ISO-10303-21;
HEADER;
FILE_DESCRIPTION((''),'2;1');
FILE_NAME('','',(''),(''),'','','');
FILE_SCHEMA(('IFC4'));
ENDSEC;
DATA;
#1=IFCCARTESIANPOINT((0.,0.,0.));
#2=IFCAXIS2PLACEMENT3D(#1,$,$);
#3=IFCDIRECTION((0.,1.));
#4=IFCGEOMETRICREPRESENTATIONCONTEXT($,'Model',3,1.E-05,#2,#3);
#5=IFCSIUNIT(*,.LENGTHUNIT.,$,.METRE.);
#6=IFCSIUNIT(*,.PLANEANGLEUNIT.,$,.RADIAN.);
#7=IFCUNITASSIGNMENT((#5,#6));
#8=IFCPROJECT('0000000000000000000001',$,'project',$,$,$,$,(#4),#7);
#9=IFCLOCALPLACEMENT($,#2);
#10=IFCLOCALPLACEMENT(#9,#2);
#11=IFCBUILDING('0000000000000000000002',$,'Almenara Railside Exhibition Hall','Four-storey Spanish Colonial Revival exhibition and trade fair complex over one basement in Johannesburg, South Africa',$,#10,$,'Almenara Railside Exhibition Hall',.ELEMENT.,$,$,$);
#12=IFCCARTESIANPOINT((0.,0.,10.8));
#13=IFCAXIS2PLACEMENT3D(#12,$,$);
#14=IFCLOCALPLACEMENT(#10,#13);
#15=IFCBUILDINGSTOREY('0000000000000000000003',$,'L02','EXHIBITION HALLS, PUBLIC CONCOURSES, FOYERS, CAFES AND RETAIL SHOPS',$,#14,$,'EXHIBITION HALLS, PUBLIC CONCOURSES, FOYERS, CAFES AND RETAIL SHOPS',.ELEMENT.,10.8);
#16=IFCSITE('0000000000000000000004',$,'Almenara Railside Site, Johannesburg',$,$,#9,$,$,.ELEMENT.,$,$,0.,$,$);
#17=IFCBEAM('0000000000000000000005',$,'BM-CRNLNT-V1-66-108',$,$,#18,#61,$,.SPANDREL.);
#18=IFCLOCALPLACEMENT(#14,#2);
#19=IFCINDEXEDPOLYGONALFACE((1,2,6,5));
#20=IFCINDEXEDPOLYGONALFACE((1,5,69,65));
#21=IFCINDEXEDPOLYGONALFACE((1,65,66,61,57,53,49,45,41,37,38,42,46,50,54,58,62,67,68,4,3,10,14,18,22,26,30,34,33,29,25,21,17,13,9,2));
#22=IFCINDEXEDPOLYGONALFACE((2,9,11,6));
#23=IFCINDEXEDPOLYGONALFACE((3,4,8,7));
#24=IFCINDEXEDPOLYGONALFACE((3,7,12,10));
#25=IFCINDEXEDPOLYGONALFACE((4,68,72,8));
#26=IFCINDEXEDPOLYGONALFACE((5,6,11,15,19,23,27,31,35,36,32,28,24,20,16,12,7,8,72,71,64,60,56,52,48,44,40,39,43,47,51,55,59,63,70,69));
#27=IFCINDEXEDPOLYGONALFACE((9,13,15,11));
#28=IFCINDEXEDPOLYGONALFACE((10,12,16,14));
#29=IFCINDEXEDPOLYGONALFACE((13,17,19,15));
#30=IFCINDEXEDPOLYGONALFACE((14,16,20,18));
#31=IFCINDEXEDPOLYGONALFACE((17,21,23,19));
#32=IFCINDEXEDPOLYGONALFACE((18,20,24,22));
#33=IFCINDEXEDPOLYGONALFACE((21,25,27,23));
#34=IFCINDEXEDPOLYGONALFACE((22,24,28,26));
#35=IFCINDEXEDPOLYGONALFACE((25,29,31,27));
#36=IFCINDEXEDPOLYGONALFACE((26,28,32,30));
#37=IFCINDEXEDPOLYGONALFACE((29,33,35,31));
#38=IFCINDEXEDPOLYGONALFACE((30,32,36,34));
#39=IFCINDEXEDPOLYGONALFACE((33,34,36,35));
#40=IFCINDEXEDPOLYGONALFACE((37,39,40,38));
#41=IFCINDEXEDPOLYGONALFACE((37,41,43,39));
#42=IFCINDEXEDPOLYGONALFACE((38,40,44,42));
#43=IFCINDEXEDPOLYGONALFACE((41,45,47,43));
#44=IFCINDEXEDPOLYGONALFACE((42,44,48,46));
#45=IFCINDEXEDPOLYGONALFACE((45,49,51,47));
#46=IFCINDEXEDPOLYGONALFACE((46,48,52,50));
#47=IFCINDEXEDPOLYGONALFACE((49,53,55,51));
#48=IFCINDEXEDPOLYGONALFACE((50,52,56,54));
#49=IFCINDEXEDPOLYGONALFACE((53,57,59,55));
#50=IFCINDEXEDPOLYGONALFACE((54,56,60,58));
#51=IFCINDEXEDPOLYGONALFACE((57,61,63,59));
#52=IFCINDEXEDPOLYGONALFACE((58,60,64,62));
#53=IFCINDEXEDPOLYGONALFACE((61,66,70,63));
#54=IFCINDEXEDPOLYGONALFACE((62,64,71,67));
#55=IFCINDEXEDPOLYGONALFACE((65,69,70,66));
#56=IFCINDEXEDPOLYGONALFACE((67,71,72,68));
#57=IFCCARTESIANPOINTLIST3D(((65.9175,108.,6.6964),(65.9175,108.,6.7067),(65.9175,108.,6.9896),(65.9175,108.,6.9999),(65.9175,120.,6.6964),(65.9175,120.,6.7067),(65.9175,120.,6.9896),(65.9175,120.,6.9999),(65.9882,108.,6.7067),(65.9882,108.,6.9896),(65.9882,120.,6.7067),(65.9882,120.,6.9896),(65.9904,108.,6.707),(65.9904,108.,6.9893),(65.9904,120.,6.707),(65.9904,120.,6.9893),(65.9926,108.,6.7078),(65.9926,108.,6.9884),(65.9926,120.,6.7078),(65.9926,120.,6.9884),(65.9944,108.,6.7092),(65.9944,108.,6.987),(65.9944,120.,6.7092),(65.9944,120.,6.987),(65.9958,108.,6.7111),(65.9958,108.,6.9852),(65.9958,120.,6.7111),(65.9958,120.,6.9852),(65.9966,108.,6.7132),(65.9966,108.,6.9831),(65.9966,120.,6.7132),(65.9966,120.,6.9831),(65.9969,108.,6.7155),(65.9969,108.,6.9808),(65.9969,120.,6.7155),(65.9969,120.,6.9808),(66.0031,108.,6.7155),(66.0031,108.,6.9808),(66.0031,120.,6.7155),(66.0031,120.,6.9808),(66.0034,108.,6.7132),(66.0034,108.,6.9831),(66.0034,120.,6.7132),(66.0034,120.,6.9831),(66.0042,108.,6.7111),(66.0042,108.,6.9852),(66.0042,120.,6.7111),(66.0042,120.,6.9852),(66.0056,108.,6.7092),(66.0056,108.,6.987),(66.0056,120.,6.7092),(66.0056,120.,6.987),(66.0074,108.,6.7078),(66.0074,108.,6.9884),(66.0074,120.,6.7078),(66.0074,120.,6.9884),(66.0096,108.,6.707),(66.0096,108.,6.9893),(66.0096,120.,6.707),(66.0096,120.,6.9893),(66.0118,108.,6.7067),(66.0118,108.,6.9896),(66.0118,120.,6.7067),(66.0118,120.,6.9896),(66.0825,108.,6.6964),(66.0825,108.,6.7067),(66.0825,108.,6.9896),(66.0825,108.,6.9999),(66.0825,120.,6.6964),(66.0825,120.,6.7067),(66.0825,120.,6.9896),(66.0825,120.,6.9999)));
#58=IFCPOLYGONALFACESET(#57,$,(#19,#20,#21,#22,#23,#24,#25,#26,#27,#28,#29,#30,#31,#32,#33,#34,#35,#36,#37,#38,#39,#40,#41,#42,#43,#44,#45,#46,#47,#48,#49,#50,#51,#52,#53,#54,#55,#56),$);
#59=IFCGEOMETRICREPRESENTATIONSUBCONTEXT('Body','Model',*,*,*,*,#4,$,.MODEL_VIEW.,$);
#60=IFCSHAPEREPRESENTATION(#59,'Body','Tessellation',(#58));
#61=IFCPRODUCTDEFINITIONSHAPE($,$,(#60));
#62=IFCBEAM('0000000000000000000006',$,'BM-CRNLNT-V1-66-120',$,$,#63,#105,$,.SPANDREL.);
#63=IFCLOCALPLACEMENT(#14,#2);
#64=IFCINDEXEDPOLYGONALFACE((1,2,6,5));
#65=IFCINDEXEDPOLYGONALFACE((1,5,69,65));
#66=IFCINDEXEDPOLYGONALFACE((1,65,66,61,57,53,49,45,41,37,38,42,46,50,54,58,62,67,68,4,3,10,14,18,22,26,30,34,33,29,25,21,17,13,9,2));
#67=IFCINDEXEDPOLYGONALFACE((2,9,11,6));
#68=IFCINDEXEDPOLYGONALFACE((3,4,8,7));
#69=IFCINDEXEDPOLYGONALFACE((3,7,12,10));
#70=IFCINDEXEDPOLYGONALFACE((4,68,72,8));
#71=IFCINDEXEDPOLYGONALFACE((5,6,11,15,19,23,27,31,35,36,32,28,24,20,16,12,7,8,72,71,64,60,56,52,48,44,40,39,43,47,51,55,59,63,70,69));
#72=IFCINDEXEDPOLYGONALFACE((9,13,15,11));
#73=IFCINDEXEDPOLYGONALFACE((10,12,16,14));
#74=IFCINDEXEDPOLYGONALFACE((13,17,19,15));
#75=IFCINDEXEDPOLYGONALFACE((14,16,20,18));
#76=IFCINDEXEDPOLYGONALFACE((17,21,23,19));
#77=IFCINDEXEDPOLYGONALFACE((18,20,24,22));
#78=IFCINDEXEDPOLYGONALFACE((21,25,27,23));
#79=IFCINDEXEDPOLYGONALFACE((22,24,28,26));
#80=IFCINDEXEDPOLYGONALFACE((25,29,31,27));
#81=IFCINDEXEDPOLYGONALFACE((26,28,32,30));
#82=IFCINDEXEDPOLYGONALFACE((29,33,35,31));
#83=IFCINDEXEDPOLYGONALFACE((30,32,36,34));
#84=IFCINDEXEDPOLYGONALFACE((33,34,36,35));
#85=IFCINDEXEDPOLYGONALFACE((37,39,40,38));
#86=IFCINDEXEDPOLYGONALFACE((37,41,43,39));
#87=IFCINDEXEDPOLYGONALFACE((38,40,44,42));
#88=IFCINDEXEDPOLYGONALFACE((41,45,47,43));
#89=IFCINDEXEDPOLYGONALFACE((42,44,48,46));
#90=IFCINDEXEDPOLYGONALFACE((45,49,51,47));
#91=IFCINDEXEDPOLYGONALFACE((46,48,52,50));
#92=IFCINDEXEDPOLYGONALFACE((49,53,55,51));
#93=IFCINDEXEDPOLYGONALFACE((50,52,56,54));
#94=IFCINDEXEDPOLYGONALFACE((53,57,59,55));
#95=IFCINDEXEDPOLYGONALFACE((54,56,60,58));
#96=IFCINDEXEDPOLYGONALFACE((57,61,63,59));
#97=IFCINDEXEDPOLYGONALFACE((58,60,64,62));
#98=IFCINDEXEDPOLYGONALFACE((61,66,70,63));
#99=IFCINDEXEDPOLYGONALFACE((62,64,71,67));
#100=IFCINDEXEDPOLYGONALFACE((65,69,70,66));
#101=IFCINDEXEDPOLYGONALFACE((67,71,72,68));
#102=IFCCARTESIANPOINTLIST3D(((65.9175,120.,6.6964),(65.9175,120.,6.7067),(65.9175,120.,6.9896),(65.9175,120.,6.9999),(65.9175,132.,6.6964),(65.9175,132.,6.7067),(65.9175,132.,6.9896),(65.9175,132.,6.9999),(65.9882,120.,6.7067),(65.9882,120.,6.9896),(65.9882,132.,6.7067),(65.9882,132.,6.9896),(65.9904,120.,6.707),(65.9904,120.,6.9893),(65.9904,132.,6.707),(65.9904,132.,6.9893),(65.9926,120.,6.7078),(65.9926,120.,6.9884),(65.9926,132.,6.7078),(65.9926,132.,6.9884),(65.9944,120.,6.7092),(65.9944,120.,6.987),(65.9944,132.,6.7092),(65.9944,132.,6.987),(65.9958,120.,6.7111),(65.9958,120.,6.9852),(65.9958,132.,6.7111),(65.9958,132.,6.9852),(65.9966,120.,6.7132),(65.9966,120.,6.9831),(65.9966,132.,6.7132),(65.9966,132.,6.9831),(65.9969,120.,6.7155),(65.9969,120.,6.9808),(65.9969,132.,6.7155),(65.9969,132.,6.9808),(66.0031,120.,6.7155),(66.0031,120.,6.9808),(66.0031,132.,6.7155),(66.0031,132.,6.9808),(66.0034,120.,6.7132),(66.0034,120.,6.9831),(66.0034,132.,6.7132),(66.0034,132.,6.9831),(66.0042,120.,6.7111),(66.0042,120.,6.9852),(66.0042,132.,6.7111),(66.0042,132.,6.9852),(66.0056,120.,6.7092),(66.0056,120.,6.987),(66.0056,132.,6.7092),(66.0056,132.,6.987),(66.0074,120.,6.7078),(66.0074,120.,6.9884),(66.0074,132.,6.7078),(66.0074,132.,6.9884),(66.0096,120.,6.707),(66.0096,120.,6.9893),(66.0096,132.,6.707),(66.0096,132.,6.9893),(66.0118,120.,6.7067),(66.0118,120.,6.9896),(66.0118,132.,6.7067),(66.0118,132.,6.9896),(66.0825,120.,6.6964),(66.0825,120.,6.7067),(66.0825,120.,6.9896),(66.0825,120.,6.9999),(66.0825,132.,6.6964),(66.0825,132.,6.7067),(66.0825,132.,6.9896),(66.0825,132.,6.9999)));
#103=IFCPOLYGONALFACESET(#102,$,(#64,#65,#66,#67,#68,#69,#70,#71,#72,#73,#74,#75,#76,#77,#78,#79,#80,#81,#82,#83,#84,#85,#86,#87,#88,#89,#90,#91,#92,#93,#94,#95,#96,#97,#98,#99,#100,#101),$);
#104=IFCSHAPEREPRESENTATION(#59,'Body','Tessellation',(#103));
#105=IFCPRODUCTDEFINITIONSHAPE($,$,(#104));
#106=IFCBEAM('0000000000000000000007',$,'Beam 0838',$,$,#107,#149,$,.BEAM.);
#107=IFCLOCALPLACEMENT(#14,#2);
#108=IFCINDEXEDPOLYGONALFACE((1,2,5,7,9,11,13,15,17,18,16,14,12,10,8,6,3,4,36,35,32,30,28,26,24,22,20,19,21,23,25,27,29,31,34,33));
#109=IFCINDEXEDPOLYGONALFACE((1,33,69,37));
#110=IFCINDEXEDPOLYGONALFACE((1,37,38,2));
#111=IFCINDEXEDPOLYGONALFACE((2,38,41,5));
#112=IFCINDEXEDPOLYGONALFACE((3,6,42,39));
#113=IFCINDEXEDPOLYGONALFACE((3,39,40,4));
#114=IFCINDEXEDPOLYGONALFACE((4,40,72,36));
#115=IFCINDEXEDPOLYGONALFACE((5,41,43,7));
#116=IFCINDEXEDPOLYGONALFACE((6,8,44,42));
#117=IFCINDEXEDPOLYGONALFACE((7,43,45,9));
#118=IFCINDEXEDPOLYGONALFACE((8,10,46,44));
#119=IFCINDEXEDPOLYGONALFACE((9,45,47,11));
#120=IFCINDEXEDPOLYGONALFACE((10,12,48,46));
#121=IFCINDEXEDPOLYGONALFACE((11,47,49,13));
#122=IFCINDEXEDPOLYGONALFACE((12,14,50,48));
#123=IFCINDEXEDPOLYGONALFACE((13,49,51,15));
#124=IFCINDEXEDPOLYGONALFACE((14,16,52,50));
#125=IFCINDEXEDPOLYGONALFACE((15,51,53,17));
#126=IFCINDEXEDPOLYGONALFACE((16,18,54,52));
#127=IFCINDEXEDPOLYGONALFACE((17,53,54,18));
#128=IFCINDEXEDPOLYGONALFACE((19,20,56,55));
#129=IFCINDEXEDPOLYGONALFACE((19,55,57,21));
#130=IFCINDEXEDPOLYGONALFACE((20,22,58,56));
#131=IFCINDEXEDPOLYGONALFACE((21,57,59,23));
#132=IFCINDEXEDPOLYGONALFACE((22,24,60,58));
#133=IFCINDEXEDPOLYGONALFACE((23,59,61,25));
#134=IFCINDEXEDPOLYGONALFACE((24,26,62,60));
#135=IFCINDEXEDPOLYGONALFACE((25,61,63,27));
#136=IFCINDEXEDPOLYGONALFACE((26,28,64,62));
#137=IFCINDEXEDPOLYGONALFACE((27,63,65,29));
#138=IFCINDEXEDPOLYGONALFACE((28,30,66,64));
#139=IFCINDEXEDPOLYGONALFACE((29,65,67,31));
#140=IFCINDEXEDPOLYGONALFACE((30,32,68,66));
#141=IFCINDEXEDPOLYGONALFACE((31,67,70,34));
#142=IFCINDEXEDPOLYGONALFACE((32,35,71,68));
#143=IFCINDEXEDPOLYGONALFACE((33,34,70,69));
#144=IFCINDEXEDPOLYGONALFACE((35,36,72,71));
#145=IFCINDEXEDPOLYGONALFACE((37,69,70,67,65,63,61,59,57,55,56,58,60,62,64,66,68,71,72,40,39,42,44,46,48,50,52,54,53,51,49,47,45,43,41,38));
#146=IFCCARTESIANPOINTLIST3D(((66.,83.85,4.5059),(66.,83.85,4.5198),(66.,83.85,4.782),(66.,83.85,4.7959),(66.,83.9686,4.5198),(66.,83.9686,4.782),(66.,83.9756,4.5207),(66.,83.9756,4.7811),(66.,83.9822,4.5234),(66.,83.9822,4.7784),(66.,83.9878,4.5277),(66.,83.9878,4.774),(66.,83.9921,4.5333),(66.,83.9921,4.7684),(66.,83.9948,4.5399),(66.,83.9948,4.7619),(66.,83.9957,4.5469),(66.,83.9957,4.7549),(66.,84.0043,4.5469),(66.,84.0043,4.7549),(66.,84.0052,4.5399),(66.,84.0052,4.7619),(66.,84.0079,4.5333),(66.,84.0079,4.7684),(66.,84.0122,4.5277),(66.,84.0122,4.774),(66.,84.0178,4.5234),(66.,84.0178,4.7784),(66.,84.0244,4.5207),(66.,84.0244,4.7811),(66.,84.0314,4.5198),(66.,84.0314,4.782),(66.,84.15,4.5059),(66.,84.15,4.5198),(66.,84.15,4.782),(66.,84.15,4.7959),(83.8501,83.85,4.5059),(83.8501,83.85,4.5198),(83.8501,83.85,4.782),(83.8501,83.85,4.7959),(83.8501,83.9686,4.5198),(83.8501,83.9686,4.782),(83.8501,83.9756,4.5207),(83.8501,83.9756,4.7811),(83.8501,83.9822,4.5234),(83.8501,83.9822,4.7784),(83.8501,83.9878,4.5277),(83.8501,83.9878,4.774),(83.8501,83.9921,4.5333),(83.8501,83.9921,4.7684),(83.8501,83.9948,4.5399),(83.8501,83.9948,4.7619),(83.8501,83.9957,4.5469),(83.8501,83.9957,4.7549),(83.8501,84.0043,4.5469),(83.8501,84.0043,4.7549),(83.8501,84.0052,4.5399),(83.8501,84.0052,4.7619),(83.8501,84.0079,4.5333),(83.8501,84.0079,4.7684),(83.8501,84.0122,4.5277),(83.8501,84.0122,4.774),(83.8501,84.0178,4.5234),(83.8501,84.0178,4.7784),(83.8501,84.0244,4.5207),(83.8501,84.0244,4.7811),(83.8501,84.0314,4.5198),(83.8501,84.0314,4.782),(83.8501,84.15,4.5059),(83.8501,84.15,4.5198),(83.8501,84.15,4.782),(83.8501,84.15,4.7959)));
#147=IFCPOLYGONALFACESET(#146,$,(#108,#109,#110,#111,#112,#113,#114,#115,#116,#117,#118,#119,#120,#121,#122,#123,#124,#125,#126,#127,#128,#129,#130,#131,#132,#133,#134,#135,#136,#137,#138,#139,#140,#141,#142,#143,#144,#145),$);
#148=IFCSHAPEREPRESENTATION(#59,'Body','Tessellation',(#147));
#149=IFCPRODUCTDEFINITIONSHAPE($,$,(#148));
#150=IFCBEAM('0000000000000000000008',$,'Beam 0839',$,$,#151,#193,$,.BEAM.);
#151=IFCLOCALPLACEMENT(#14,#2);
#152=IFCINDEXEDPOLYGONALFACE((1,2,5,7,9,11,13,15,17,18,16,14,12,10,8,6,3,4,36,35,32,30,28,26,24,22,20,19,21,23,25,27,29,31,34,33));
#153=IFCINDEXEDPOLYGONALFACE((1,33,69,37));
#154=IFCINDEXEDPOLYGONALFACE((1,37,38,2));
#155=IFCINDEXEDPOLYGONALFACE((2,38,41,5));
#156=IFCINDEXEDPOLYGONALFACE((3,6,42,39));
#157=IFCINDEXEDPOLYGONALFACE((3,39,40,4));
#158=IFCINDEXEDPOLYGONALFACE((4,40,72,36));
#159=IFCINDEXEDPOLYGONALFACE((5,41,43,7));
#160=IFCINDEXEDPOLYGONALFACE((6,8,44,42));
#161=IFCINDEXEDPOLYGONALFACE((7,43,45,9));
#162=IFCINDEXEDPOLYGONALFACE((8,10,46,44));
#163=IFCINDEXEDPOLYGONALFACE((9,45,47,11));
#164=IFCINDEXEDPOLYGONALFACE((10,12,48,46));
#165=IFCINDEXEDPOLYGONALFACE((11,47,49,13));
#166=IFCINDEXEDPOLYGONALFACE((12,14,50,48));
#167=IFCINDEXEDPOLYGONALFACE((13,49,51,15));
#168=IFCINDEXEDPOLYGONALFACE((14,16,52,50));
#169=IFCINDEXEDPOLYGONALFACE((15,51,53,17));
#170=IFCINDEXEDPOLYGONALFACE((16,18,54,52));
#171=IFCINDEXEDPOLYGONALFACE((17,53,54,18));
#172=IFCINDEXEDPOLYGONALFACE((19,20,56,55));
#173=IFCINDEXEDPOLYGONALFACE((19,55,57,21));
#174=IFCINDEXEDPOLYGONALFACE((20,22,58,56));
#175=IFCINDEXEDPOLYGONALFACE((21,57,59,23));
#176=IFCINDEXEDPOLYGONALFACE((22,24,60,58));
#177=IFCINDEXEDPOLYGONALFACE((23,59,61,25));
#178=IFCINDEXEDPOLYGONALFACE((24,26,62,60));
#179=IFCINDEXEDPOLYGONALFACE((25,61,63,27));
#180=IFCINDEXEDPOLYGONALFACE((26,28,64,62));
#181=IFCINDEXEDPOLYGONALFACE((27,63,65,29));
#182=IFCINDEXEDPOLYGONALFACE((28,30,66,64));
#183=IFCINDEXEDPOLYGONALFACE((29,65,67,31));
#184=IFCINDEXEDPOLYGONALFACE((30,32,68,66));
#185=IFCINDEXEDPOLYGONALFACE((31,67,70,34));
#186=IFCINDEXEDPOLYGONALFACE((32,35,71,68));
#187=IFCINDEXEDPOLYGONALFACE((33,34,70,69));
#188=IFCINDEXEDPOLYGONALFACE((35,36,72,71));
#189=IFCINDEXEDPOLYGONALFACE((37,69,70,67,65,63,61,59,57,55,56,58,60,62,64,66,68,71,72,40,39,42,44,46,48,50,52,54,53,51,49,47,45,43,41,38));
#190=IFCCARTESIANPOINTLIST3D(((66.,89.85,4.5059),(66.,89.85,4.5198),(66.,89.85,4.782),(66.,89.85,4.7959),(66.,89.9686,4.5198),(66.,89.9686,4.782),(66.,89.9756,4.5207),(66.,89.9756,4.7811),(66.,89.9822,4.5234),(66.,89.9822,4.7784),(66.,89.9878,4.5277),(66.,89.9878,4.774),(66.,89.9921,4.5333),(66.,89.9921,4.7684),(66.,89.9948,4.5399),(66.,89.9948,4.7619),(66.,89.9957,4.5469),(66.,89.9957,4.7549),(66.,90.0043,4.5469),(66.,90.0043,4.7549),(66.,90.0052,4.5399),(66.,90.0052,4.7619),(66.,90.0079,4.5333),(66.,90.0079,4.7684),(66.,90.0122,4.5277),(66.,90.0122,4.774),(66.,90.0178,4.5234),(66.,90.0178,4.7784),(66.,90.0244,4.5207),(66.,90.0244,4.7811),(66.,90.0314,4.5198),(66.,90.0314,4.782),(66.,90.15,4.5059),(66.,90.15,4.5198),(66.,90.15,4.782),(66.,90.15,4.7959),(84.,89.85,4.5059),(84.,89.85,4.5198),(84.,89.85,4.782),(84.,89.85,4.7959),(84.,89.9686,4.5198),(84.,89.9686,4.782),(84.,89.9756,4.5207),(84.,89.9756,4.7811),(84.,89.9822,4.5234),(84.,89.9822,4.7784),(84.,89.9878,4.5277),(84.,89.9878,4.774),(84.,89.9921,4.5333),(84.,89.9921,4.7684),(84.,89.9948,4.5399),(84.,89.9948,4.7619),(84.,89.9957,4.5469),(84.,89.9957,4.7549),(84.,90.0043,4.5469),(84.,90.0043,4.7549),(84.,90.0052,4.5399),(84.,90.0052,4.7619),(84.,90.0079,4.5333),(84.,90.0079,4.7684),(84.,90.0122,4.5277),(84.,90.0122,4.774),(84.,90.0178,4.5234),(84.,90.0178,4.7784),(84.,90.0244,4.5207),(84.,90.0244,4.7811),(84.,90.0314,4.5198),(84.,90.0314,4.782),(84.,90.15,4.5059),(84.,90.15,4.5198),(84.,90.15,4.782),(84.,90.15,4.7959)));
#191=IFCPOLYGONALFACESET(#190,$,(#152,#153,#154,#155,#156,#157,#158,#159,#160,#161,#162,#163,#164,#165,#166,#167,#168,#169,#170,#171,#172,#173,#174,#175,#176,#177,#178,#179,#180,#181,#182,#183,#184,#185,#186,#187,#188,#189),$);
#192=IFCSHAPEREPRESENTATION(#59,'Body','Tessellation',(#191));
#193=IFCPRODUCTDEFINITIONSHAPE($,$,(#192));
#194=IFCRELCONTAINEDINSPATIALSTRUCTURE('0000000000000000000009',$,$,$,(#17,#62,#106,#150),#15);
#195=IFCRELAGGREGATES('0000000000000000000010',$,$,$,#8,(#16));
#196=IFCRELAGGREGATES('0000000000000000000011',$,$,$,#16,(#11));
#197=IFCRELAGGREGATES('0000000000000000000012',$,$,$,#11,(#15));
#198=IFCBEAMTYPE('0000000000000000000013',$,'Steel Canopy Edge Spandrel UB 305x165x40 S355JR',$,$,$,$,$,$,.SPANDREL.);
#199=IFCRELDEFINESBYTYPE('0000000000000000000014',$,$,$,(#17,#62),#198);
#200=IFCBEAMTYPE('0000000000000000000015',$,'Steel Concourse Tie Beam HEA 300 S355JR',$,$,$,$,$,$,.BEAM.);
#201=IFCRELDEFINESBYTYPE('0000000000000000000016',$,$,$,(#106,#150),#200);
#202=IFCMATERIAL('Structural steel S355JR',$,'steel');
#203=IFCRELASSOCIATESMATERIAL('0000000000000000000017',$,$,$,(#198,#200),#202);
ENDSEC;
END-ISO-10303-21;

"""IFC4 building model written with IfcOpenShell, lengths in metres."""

from ifc_helpers import new_model, si_unit, direction, frame, origin, origin_2d, place, context, subcontext, project, spatial, i_section, extrude, material, material_profile, profile_set, type_object, element, save


model = new_model("IFC4")

# Units and contexts
model_context = context("Model", 3, precision=1e-05, world=origin(), true_north=direction((0.0, 1.0)))
body_context = subcontext(model_context, "Body", "Model", "MODEL_VIEW")
ifc_project = project(units=[si_unit("LENGTHUNIT", "METRE"), si_unit("PLANEANGLEUNIT", "RADIAN")], contexts=[model_context])

# Site, building, storey
site_placement = place(None, origin())
site = spatial("IfcSite", under=ifc_project, at=site_placement, Name="Almenara Railside Site, Johannesburg", CompositionType="ELEMENT", RefElevation=0.0)
building_placement = place(site_placement, origin())
building = spatial("IfcBuilding", under=site, at=building_placement, Name="Almenara Railside Exhibition Hall", Description="Four-storey Spanish Colonial Revival exhibition and trade fair complex over one basement in Johannesburg, South Africa", LongName="Almenara Railside Exhibition Hall", CompositionType="ELEMENT")
storey_placement = place(building_placement, frame((0.0, 0.0, 10.8)))
storey = spatial("IfcBuildingStorey", under=building, at=storey_placement, Name="L02", Description="EXHIBITION HALLS, PUBLIC CONCOURSES, FOYERS, CAFES AND RETAIL SHOPS", LongName="EXHIBITION HALLS, PUBLIC CONCOURSES, FOYERS, CAFES AND RETAIL SHOPS", CompositionType="ELEMENT", Elevation=10.8)

# Shared definitions
ifc_material_1 = material(Name="Structural steel S355JR", Category="steel")

# Beams
ifc_material_profile_1 = material_profile(ifc_material_1, i_section(OverallWidth=0.165, OverallDepth=0.3035, WebThickness=0.0061, FlangeThickness=0.0103, FilletRadius=0.0088, at=origin_2d()), Name="UB 305x165x40")
ifc_profile_set_1 = profile_set([ifc_material_profile_1], Name="Structural steel S355JR")
beam_type_1 = type_object("IfcBeamType", Name="Steel Canopy Edge Spandrel UB 305x165x40 S355JR", PredefinedType="SPANDREL", material=ifc_profile_set_1)
for number, where, z_axis, x_axis, name in (
    (1, (66.0, 108.0, 6.8481), (0.0, 1.0, 0.0), (-1.0, 0.0, 0.0), "BM-CRNLNT-V1-66-108"),
    (2, (66.0, 120.0, 6.8481), (0.0, 1.0, 0.0), (-1.0, 0.0, 0.0), "BM-CRNLNT-V1-66-120"),
):
    element("IfcBeam", number, at=place(storey_placement, frame(where, z_axis=z_axis, x_axis=x_axis)), inside=storey, type_object=beam_type_1, Name=name, PredefinedType="SPANDREL", context=body_context, shape_type="SweptSolid", body=[
        extrude(i_section(OverallWidth=0.165, OverallDepth=0.3035, WebThickness=0.0061, FlangeThickness=0.0103, FilletRadius=0.0088, at=origin_2d()), origin(), (0.0, 0.0, 1.0), 12.0),
    ])
ifc_material_profile_2 = material_profile(ifc_material_1, i_section(OverallWidth=0.3, OverallDepth=0.29, WebThickness=0.0085, FlangeThickness=0.0139, FilletRadius=0.0271, at=origin_2d()), Name="HEA 300")
ifc_profile_set_2 = profile_set([ifc_material_profile_2], Name="Structural steel S355JR")
beam_type_2 = type_object("IfcBeamType", Name="Steel Concourse Tie Beam HEA 300 S355JR", PredefinedType="BEAM", material=ifc_profile_set_2)
beam_1_placement = place(storey_placement, frame((66.0, 84.0, 4.6509), z_axis=(1.0, 0.0, 0.0), x_axis=(0.0, 1.0, 0.0)))
element("IfcBeam", 3, at=beam_1_placement, inside=storey, type_object=beam_type_2, Name="Beam 0838", PredefinedType="BEAM", context=body_context, shape_type="SweptSolid", body=[
    extrude(i_section(OverallWidth=0.3, OverallDepth=0.29, WebThickness=0.0085, FlangeThickness=0.0139, FilletRadius=0.0271, at=origin_2d()), origin(), (0.0, 0.0, 1.0), 17.8501),
])
beam_2_placement = place(storey_placement, frame((66.0, 90.0, 4.6509), z_axis=(1.0, 0.0, 0.0), x_axis=(0.0, 1.0, 0.0)))
element("IfcBeam", 4, at=beam_2_placement, inside=storey, type_object=beam_type_2, Name="Beam 0839", PredefinedType="BEAM", context=body_context, shape_type="SweptSolid", body=[
    extrude(i_section(OverallWidth=0.3, OverallDepth=0.29, WebThickness=0.0085, FlangeThickness=0.0139, FilletRadius=0.0271, at=origin_2d()), origin(), (0.0, 0.0, 1.0), 18.0),
])

save(model, "model.ifc")
